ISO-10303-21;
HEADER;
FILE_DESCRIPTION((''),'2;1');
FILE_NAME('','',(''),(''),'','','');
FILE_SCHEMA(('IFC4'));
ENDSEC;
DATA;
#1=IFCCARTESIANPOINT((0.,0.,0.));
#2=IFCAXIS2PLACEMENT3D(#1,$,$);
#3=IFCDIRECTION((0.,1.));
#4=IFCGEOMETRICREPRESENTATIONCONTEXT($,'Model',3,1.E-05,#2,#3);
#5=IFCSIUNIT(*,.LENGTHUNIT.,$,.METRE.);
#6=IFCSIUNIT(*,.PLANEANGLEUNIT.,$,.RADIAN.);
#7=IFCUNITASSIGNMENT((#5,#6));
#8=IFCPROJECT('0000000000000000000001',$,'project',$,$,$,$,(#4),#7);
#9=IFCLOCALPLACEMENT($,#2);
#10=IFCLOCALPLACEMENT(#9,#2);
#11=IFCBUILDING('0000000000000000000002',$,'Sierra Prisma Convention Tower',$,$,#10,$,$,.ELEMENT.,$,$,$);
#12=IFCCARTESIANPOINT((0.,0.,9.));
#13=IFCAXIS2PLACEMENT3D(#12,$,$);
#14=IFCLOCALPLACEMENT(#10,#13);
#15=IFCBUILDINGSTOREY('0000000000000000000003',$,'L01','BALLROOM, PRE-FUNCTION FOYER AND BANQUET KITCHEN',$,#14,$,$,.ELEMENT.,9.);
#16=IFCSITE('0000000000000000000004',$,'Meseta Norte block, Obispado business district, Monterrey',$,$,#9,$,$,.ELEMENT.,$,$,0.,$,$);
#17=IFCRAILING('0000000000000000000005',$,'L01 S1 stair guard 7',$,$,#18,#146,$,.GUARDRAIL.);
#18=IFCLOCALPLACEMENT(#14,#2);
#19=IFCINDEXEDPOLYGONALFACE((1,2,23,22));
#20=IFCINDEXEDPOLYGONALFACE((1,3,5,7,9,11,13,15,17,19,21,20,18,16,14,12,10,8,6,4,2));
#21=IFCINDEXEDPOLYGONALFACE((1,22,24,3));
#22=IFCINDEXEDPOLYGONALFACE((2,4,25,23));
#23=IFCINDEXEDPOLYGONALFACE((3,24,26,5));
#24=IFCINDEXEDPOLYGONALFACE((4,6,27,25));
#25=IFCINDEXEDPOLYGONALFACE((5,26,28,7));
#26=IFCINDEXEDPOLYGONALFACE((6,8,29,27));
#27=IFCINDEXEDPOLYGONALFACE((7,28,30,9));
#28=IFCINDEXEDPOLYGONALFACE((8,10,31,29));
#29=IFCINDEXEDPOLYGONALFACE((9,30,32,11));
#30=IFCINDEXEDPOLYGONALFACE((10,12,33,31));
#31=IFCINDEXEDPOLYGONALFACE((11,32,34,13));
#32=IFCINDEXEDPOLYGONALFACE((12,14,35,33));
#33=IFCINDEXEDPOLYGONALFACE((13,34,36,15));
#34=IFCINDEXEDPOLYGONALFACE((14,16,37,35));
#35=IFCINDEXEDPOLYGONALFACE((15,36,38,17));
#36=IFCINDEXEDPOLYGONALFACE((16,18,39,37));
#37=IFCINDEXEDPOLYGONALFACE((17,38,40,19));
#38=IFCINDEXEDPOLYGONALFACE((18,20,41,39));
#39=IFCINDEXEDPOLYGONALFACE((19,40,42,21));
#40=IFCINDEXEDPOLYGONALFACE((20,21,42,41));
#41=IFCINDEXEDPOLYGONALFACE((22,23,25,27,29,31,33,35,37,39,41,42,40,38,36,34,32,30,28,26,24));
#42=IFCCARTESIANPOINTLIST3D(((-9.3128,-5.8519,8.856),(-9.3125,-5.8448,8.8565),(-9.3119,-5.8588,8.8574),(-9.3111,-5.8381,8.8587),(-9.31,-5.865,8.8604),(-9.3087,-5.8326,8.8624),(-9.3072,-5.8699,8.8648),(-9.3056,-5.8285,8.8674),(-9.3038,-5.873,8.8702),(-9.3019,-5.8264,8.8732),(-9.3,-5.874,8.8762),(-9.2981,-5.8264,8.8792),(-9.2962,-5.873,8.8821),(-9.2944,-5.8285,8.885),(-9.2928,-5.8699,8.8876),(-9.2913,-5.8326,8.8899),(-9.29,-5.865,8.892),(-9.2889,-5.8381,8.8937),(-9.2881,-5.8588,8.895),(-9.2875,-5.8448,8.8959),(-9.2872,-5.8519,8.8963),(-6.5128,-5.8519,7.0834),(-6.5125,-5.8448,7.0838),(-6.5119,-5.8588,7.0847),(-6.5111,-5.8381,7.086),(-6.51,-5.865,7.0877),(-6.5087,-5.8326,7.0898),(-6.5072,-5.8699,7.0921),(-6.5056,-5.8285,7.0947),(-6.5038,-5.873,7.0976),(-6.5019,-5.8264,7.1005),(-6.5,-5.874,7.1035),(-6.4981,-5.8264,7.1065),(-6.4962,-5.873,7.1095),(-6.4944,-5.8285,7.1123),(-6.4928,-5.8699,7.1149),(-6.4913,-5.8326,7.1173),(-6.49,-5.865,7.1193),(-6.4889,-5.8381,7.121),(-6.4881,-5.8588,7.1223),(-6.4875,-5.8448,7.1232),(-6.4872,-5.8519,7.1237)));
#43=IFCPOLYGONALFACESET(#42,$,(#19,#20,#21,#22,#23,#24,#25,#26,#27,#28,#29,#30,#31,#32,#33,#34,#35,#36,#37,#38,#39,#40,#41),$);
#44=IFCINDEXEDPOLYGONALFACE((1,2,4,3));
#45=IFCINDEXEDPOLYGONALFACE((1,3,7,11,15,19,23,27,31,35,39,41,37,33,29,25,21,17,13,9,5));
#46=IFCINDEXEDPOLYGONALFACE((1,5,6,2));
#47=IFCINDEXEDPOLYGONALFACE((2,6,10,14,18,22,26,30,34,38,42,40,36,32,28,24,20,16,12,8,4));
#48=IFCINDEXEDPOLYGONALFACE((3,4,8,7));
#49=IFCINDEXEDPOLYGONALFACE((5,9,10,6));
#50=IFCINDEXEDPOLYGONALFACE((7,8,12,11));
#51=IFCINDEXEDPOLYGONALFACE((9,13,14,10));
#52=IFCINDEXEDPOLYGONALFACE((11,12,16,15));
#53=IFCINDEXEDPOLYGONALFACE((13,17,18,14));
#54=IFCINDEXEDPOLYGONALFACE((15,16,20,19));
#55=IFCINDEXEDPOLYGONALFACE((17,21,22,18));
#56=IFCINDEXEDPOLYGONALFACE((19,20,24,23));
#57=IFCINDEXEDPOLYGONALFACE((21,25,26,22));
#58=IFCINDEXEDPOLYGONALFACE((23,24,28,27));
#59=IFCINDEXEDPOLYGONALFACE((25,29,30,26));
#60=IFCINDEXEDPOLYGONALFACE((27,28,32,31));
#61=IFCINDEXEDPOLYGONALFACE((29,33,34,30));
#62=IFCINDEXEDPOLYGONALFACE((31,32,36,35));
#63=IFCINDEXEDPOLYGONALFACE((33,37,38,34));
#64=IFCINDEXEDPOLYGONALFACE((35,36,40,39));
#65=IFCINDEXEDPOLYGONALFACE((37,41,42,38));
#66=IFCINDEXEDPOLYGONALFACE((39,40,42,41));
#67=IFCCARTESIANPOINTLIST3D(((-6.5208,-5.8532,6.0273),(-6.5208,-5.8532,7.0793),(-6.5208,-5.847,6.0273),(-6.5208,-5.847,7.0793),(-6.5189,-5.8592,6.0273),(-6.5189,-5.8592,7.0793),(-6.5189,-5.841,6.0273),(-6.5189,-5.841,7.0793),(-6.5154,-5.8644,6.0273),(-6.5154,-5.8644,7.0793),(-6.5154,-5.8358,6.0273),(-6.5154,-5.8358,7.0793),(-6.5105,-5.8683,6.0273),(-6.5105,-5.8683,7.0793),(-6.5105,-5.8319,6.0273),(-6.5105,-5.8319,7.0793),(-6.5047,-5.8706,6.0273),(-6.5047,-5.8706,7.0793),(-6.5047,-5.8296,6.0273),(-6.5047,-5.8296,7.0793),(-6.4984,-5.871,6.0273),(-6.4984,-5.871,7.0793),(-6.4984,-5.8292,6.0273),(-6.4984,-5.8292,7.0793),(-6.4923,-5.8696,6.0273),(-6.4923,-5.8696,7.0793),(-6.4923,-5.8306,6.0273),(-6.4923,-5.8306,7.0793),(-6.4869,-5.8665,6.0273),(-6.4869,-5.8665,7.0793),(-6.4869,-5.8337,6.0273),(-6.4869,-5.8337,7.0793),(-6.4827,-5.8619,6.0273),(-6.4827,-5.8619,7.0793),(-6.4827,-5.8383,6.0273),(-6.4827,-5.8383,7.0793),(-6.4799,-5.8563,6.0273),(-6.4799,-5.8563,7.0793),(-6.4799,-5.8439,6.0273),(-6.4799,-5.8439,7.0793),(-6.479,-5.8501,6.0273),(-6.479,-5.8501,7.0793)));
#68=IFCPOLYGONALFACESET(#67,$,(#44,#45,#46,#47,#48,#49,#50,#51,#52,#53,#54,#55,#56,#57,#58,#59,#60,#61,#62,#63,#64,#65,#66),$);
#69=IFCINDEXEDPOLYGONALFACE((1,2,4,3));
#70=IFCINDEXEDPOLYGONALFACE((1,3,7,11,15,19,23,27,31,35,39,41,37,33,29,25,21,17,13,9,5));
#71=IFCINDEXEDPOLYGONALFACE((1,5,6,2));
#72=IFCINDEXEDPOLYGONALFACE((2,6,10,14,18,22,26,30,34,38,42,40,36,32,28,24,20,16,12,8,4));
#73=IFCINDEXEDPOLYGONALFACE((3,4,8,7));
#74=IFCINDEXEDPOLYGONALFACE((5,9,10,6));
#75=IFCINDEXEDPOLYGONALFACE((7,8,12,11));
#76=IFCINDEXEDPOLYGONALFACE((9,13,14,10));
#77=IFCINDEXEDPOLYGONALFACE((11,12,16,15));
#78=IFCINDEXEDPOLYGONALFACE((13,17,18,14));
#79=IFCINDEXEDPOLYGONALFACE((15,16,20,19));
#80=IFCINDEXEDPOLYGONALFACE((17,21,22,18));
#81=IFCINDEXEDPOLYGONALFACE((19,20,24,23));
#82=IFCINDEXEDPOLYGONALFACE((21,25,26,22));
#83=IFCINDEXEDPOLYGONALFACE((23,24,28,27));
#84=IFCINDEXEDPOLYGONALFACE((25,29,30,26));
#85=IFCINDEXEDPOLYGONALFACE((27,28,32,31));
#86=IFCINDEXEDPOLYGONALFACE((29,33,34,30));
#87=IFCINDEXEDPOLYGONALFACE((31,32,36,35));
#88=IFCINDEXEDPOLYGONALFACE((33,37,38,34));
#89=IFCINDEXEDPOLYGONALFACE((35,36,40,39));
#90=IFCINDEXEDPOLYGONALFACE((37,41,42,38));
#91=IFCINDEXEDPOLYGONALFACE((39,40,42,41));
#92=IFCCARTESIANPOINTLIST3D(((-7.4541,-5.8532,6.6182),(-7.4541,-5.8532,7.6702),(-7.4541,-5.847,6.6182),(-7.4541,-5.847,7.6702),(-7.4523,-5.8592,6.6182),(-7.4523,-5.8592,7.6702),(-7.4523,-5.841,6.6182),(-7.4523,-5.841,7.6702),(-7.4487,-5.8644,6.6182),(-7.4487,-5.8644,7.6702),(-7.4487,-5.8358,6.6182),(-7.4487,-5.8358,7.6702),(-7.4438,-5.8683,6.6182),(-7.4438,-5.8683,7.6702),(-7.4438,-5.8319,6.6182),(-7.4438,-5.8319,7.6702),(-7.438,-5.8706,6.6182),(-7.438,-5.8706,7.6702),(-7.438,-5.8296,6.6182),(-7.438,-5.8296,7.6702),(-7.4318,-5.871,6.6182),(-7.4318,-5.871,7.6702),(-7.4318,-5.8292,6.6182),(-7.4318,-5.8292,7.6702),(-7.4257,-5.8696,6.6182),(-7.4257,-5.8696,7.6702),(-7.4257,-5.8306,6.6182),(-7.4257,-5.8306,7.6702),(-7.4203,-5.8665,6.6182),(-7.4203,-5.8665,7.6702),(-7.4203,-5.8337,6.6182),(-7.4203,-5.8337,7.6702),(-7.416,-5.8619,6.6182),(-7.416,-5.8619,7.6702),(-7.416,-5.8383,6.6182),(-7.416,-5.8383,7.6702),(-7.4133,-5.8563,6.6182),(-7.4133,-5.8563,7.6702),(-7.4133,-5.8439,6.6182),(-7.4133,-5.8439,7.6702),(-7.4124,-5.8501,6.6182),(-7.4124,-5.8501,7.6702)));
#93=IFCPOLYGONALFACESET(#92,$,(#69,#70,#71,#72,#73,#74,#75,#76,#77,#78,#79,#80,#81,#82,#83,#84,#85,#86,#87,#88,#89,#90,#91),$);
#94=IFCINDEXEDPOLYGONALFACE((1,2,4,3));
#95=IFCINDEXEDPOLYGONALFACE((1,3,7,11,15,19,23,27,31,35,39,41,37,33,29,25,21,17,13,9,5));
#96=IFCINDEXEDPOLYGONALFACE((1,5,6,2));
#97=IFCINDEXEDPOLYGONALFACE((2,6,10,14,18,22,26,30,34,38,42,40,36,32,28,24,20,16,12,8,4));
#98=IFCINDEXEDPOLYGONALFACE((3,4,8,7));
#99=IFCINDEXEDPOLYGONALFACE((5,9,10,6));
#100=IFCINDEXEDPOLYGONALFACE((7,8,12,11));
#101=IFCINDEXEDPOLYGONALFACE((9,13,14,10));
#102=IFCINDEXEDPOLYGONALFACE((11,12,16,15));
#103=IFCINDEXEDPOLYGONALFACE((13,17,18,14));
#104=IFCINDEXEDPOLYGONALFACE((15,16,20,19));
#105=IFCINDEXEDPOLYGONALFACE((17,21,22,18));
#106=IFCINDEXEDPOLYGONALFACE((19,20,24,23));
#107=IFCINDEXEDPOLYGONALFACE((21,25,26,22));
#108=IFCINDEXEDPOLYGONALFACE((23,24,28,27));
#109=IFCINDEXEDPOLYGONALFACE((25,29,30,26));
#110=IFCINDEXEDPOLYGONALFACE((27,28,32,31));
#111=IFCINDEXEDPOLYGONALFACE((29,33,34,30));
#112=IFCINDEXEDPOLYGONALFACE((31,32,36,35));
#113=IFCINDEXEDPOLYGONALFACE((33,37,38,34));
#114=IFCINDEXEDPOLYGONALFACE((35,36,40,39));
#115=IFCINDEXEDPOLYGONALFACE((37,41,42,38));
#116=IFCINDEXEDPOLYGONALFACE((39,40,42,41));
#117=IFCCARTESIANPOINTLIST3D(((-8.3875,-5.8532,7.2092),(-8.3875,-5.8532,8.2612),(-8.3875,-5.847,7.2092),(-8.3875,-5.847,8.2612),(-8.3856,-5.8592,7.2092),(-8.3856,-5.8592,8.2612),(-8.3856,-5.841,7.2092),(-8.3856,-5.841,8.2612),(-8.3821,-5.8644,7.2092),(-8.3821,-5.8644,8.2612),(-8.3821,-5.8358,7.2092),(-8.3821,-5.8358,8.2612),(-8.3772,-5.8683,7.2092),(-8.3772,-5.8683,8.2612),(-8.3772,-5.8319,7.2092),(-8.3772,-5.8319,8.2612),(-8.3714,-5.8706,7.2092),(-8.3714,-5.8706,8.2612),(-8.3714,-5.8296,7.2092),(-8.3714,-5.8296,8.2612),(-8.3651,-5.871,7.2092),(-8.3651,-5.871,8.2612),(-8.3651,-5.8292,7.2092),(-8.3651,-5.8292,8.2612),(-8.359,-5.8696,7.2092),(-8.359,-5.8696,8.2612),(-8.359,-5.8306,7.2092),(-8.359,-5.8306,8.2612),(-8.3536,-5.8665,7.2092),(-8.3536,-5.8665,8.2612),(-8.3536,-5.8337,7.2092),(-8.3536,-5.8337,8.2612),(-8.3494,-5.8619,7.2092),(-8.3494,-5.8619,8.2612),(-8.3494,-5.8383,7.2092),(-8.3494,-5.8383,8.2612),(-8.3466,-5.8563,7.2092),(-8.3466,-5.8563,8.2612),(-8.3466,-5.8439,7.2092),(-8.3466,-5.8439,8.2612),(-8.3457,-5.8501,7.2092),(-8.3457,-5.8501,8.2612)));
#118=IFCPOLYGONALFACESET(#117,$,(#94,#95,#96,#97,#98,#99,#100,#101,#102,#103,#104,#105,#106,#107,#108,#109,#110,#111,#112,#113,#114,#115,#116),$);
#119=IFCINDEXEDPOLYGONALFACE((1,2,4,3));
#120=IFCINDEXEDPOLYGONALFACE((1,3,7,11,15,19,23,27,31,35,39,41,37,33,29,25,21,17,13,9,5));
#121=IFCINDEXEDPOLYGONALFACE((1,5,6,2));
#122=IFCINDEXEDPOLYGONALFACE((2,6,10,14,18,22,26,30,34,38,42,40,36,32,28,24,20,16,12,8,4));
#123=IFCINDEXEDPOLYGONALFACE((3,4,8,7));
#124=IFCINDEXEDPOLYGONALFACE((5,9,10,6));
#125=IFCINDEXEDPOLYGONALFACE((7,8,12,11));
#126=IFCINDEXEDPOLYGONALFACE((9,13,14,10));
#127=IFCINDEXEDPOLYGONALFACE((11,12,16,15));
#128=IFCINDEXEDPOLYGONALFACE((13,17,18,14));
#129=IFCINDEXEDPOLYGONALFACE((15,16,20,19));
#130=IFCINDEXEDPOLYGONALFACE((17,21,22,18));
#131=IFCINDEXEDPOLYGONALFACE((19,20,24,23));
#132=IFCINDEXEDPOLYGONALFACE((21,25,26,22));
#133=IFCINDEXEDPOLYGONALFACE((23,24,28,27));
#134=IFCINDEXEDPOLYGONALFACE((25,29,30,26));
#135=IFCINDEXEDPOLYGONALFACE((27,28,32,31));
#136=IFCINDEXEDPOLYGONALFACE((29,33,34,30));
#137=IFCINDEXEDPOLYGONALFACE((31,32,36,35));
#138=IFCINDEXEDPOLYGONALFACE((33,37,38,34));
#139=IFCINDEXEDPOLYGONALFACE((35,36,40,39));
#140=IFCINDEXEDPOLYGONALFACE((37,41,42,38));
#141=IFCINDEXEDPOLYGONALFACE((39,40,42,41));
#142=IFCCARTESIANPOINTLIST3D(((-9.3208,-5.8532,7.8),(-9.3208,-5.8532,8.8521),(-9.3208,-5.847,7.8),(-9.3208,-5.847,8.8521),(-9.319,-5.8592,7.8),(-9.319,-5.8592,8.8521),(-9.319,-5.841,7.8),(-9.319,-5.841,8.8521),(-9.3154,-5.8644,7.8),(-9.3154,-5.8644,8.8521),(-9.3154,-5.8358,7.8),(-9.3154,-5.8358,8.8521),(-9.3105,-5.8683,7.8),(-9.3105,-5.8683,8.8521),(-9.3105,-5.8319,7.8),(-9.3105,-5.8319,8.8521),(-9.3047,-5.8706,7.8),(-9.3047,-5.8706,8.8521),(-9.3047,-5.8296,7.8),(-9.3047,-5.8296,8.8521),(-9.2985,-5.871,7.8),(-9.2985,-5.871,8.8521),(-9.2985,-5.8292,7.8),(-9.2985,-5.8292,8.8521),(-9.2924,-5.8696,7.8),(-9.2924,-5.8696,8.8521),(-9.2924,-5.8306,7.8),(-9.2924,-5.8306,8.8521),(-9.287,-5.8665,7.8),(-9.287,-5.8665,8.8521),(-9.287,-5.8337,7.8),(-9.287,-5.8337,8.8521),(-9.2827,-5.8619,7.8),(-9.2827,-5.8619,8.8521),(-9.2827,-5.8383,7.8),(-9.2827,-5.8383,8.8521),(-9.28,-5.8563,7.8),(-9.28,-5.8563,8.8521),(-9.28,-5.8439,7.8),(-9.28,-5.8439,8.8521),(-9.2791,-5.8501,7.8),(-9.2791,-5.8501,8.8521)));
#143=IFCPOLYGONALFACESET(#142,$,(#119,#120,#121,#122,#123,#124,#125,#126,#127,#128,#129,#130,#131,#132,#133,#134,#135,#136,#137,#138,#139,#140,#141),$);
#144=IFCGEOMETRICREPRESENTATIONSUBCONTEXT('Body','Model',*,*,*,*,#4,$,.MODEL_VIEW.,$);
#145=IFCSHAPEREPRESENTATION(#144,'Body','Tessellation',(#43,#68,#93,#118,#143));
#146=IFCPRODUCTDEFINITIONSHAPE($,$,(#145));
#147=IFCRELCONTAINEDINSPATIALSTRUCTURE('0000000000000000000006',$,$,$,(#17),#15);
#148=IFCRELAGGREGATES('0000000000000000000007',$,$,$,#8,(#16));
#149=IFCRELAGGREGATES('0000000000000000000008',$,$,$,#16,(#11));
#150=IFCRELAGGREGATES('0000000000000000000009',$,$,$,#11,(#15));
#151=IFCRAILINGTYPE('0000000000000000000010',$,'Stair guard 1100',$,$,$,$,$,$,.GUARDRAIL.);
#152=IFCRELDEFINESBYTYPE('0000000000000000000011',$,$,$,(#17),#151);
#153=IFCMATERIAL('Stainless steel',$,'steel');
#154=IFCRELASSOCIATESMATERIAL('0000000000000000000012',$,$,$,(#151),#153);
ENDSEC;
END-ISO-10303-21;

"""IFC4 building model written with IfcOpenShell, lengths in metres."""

from ifc_helpers import new_model, si_unit, direction, frame, origin, origin_2d, place, context, subcontext, project, spatial, circle, extrude, material, type_object, element, save


model = new_model("IFC4")

# Units and contexts
model_context = context("Model", 3, precision=1e-05, world=origin(), true_north=direction((0.0, 1.0)))
body_context = subcontext(model_context, "Body", "Model", "MODEL_VIEW")
ifc_project = project(units=[si_unit("LENGTHUNIT", "METRE"), si_unit("PLANEANGLEUNIT", "RADIAN")], contexts=[model_context])

# Site, building, storey
site_placement = place(None, origin())
site = spatial("IfcSite", under=ifc_project, at=site_placement, Name="Meseta Norte block, Obispado business district, Monterrey", CompositionType="ELEMENT", RefElevation=0.0)
building_placement = place(site_placement, origin())
building = spatial("IfcBuilding", under=site, at=building_placement, Name="Sierra Prisma Convention Tower", CompositionType="ELEMENT")
storey_placement = place(building_placement, frame((0.0, 0.0, 9.0)))
storey = spatial("IfcBuildingStorey", under=building, at=storey_placement, Name="L01", Description="BALLROOM, PRE-FUNCTION FOYER AND BANQUET KITCHEN", CompositionType="ELEMENT", Elevation=9.0)

# Railing
ifc_material_1 = material(Name="Stainless steel", Category="steel")
railing_type_1 = type_object("IfcRailingType", Name="Stair guard 1100", PredefinedType="GUARDRAIL", material=ifc_material_1)
railing_1_placement = place(storey_placement, frame((-6.5, -5.8501, 6.0273)))
element("IfcRailing", 1, at=railing_1_placement, inside=storey, type_object=railing_type_1, Name="L01 S1 stair guard 7", PredefinedType="GUARDRAIL", context=body_context, shape_type="SweptSolid", body=[
    extrude(circle(Radius=0.0239, at=origin_2d()), frame((0.0, 0.0, 1.0762), z_axis=(-0.844909, 0.0, 0.53491), x_axis=(0.0, -1.0, 0.0)), (0.0, 0.0, 1.0), 3.314),
    extrude(circle(Radius=0.021, at=origin_2d()), origin(), (0.0, 0.0, 1.0), 1.052),
    extrude(circle(Radius=0.021, at=origin_2d()), frame((-0.9333, 0.0, 0.5908)), (0.0, 0.0, 1.0), 1.052),
    extrude(circle(Radius=0.021, at=origin_2d()), frame((-1.8667, 0.0, 1.1819)), (0.0, 0.0, 1.0), 1.052),
    extrude(circle(Radius=0.021, at=origin_2d()), frame((-2.8, 0.0, 1.7727)), (0.0, 0.0, 1.0), 1.052),
])

save(model, "model.ifc")
